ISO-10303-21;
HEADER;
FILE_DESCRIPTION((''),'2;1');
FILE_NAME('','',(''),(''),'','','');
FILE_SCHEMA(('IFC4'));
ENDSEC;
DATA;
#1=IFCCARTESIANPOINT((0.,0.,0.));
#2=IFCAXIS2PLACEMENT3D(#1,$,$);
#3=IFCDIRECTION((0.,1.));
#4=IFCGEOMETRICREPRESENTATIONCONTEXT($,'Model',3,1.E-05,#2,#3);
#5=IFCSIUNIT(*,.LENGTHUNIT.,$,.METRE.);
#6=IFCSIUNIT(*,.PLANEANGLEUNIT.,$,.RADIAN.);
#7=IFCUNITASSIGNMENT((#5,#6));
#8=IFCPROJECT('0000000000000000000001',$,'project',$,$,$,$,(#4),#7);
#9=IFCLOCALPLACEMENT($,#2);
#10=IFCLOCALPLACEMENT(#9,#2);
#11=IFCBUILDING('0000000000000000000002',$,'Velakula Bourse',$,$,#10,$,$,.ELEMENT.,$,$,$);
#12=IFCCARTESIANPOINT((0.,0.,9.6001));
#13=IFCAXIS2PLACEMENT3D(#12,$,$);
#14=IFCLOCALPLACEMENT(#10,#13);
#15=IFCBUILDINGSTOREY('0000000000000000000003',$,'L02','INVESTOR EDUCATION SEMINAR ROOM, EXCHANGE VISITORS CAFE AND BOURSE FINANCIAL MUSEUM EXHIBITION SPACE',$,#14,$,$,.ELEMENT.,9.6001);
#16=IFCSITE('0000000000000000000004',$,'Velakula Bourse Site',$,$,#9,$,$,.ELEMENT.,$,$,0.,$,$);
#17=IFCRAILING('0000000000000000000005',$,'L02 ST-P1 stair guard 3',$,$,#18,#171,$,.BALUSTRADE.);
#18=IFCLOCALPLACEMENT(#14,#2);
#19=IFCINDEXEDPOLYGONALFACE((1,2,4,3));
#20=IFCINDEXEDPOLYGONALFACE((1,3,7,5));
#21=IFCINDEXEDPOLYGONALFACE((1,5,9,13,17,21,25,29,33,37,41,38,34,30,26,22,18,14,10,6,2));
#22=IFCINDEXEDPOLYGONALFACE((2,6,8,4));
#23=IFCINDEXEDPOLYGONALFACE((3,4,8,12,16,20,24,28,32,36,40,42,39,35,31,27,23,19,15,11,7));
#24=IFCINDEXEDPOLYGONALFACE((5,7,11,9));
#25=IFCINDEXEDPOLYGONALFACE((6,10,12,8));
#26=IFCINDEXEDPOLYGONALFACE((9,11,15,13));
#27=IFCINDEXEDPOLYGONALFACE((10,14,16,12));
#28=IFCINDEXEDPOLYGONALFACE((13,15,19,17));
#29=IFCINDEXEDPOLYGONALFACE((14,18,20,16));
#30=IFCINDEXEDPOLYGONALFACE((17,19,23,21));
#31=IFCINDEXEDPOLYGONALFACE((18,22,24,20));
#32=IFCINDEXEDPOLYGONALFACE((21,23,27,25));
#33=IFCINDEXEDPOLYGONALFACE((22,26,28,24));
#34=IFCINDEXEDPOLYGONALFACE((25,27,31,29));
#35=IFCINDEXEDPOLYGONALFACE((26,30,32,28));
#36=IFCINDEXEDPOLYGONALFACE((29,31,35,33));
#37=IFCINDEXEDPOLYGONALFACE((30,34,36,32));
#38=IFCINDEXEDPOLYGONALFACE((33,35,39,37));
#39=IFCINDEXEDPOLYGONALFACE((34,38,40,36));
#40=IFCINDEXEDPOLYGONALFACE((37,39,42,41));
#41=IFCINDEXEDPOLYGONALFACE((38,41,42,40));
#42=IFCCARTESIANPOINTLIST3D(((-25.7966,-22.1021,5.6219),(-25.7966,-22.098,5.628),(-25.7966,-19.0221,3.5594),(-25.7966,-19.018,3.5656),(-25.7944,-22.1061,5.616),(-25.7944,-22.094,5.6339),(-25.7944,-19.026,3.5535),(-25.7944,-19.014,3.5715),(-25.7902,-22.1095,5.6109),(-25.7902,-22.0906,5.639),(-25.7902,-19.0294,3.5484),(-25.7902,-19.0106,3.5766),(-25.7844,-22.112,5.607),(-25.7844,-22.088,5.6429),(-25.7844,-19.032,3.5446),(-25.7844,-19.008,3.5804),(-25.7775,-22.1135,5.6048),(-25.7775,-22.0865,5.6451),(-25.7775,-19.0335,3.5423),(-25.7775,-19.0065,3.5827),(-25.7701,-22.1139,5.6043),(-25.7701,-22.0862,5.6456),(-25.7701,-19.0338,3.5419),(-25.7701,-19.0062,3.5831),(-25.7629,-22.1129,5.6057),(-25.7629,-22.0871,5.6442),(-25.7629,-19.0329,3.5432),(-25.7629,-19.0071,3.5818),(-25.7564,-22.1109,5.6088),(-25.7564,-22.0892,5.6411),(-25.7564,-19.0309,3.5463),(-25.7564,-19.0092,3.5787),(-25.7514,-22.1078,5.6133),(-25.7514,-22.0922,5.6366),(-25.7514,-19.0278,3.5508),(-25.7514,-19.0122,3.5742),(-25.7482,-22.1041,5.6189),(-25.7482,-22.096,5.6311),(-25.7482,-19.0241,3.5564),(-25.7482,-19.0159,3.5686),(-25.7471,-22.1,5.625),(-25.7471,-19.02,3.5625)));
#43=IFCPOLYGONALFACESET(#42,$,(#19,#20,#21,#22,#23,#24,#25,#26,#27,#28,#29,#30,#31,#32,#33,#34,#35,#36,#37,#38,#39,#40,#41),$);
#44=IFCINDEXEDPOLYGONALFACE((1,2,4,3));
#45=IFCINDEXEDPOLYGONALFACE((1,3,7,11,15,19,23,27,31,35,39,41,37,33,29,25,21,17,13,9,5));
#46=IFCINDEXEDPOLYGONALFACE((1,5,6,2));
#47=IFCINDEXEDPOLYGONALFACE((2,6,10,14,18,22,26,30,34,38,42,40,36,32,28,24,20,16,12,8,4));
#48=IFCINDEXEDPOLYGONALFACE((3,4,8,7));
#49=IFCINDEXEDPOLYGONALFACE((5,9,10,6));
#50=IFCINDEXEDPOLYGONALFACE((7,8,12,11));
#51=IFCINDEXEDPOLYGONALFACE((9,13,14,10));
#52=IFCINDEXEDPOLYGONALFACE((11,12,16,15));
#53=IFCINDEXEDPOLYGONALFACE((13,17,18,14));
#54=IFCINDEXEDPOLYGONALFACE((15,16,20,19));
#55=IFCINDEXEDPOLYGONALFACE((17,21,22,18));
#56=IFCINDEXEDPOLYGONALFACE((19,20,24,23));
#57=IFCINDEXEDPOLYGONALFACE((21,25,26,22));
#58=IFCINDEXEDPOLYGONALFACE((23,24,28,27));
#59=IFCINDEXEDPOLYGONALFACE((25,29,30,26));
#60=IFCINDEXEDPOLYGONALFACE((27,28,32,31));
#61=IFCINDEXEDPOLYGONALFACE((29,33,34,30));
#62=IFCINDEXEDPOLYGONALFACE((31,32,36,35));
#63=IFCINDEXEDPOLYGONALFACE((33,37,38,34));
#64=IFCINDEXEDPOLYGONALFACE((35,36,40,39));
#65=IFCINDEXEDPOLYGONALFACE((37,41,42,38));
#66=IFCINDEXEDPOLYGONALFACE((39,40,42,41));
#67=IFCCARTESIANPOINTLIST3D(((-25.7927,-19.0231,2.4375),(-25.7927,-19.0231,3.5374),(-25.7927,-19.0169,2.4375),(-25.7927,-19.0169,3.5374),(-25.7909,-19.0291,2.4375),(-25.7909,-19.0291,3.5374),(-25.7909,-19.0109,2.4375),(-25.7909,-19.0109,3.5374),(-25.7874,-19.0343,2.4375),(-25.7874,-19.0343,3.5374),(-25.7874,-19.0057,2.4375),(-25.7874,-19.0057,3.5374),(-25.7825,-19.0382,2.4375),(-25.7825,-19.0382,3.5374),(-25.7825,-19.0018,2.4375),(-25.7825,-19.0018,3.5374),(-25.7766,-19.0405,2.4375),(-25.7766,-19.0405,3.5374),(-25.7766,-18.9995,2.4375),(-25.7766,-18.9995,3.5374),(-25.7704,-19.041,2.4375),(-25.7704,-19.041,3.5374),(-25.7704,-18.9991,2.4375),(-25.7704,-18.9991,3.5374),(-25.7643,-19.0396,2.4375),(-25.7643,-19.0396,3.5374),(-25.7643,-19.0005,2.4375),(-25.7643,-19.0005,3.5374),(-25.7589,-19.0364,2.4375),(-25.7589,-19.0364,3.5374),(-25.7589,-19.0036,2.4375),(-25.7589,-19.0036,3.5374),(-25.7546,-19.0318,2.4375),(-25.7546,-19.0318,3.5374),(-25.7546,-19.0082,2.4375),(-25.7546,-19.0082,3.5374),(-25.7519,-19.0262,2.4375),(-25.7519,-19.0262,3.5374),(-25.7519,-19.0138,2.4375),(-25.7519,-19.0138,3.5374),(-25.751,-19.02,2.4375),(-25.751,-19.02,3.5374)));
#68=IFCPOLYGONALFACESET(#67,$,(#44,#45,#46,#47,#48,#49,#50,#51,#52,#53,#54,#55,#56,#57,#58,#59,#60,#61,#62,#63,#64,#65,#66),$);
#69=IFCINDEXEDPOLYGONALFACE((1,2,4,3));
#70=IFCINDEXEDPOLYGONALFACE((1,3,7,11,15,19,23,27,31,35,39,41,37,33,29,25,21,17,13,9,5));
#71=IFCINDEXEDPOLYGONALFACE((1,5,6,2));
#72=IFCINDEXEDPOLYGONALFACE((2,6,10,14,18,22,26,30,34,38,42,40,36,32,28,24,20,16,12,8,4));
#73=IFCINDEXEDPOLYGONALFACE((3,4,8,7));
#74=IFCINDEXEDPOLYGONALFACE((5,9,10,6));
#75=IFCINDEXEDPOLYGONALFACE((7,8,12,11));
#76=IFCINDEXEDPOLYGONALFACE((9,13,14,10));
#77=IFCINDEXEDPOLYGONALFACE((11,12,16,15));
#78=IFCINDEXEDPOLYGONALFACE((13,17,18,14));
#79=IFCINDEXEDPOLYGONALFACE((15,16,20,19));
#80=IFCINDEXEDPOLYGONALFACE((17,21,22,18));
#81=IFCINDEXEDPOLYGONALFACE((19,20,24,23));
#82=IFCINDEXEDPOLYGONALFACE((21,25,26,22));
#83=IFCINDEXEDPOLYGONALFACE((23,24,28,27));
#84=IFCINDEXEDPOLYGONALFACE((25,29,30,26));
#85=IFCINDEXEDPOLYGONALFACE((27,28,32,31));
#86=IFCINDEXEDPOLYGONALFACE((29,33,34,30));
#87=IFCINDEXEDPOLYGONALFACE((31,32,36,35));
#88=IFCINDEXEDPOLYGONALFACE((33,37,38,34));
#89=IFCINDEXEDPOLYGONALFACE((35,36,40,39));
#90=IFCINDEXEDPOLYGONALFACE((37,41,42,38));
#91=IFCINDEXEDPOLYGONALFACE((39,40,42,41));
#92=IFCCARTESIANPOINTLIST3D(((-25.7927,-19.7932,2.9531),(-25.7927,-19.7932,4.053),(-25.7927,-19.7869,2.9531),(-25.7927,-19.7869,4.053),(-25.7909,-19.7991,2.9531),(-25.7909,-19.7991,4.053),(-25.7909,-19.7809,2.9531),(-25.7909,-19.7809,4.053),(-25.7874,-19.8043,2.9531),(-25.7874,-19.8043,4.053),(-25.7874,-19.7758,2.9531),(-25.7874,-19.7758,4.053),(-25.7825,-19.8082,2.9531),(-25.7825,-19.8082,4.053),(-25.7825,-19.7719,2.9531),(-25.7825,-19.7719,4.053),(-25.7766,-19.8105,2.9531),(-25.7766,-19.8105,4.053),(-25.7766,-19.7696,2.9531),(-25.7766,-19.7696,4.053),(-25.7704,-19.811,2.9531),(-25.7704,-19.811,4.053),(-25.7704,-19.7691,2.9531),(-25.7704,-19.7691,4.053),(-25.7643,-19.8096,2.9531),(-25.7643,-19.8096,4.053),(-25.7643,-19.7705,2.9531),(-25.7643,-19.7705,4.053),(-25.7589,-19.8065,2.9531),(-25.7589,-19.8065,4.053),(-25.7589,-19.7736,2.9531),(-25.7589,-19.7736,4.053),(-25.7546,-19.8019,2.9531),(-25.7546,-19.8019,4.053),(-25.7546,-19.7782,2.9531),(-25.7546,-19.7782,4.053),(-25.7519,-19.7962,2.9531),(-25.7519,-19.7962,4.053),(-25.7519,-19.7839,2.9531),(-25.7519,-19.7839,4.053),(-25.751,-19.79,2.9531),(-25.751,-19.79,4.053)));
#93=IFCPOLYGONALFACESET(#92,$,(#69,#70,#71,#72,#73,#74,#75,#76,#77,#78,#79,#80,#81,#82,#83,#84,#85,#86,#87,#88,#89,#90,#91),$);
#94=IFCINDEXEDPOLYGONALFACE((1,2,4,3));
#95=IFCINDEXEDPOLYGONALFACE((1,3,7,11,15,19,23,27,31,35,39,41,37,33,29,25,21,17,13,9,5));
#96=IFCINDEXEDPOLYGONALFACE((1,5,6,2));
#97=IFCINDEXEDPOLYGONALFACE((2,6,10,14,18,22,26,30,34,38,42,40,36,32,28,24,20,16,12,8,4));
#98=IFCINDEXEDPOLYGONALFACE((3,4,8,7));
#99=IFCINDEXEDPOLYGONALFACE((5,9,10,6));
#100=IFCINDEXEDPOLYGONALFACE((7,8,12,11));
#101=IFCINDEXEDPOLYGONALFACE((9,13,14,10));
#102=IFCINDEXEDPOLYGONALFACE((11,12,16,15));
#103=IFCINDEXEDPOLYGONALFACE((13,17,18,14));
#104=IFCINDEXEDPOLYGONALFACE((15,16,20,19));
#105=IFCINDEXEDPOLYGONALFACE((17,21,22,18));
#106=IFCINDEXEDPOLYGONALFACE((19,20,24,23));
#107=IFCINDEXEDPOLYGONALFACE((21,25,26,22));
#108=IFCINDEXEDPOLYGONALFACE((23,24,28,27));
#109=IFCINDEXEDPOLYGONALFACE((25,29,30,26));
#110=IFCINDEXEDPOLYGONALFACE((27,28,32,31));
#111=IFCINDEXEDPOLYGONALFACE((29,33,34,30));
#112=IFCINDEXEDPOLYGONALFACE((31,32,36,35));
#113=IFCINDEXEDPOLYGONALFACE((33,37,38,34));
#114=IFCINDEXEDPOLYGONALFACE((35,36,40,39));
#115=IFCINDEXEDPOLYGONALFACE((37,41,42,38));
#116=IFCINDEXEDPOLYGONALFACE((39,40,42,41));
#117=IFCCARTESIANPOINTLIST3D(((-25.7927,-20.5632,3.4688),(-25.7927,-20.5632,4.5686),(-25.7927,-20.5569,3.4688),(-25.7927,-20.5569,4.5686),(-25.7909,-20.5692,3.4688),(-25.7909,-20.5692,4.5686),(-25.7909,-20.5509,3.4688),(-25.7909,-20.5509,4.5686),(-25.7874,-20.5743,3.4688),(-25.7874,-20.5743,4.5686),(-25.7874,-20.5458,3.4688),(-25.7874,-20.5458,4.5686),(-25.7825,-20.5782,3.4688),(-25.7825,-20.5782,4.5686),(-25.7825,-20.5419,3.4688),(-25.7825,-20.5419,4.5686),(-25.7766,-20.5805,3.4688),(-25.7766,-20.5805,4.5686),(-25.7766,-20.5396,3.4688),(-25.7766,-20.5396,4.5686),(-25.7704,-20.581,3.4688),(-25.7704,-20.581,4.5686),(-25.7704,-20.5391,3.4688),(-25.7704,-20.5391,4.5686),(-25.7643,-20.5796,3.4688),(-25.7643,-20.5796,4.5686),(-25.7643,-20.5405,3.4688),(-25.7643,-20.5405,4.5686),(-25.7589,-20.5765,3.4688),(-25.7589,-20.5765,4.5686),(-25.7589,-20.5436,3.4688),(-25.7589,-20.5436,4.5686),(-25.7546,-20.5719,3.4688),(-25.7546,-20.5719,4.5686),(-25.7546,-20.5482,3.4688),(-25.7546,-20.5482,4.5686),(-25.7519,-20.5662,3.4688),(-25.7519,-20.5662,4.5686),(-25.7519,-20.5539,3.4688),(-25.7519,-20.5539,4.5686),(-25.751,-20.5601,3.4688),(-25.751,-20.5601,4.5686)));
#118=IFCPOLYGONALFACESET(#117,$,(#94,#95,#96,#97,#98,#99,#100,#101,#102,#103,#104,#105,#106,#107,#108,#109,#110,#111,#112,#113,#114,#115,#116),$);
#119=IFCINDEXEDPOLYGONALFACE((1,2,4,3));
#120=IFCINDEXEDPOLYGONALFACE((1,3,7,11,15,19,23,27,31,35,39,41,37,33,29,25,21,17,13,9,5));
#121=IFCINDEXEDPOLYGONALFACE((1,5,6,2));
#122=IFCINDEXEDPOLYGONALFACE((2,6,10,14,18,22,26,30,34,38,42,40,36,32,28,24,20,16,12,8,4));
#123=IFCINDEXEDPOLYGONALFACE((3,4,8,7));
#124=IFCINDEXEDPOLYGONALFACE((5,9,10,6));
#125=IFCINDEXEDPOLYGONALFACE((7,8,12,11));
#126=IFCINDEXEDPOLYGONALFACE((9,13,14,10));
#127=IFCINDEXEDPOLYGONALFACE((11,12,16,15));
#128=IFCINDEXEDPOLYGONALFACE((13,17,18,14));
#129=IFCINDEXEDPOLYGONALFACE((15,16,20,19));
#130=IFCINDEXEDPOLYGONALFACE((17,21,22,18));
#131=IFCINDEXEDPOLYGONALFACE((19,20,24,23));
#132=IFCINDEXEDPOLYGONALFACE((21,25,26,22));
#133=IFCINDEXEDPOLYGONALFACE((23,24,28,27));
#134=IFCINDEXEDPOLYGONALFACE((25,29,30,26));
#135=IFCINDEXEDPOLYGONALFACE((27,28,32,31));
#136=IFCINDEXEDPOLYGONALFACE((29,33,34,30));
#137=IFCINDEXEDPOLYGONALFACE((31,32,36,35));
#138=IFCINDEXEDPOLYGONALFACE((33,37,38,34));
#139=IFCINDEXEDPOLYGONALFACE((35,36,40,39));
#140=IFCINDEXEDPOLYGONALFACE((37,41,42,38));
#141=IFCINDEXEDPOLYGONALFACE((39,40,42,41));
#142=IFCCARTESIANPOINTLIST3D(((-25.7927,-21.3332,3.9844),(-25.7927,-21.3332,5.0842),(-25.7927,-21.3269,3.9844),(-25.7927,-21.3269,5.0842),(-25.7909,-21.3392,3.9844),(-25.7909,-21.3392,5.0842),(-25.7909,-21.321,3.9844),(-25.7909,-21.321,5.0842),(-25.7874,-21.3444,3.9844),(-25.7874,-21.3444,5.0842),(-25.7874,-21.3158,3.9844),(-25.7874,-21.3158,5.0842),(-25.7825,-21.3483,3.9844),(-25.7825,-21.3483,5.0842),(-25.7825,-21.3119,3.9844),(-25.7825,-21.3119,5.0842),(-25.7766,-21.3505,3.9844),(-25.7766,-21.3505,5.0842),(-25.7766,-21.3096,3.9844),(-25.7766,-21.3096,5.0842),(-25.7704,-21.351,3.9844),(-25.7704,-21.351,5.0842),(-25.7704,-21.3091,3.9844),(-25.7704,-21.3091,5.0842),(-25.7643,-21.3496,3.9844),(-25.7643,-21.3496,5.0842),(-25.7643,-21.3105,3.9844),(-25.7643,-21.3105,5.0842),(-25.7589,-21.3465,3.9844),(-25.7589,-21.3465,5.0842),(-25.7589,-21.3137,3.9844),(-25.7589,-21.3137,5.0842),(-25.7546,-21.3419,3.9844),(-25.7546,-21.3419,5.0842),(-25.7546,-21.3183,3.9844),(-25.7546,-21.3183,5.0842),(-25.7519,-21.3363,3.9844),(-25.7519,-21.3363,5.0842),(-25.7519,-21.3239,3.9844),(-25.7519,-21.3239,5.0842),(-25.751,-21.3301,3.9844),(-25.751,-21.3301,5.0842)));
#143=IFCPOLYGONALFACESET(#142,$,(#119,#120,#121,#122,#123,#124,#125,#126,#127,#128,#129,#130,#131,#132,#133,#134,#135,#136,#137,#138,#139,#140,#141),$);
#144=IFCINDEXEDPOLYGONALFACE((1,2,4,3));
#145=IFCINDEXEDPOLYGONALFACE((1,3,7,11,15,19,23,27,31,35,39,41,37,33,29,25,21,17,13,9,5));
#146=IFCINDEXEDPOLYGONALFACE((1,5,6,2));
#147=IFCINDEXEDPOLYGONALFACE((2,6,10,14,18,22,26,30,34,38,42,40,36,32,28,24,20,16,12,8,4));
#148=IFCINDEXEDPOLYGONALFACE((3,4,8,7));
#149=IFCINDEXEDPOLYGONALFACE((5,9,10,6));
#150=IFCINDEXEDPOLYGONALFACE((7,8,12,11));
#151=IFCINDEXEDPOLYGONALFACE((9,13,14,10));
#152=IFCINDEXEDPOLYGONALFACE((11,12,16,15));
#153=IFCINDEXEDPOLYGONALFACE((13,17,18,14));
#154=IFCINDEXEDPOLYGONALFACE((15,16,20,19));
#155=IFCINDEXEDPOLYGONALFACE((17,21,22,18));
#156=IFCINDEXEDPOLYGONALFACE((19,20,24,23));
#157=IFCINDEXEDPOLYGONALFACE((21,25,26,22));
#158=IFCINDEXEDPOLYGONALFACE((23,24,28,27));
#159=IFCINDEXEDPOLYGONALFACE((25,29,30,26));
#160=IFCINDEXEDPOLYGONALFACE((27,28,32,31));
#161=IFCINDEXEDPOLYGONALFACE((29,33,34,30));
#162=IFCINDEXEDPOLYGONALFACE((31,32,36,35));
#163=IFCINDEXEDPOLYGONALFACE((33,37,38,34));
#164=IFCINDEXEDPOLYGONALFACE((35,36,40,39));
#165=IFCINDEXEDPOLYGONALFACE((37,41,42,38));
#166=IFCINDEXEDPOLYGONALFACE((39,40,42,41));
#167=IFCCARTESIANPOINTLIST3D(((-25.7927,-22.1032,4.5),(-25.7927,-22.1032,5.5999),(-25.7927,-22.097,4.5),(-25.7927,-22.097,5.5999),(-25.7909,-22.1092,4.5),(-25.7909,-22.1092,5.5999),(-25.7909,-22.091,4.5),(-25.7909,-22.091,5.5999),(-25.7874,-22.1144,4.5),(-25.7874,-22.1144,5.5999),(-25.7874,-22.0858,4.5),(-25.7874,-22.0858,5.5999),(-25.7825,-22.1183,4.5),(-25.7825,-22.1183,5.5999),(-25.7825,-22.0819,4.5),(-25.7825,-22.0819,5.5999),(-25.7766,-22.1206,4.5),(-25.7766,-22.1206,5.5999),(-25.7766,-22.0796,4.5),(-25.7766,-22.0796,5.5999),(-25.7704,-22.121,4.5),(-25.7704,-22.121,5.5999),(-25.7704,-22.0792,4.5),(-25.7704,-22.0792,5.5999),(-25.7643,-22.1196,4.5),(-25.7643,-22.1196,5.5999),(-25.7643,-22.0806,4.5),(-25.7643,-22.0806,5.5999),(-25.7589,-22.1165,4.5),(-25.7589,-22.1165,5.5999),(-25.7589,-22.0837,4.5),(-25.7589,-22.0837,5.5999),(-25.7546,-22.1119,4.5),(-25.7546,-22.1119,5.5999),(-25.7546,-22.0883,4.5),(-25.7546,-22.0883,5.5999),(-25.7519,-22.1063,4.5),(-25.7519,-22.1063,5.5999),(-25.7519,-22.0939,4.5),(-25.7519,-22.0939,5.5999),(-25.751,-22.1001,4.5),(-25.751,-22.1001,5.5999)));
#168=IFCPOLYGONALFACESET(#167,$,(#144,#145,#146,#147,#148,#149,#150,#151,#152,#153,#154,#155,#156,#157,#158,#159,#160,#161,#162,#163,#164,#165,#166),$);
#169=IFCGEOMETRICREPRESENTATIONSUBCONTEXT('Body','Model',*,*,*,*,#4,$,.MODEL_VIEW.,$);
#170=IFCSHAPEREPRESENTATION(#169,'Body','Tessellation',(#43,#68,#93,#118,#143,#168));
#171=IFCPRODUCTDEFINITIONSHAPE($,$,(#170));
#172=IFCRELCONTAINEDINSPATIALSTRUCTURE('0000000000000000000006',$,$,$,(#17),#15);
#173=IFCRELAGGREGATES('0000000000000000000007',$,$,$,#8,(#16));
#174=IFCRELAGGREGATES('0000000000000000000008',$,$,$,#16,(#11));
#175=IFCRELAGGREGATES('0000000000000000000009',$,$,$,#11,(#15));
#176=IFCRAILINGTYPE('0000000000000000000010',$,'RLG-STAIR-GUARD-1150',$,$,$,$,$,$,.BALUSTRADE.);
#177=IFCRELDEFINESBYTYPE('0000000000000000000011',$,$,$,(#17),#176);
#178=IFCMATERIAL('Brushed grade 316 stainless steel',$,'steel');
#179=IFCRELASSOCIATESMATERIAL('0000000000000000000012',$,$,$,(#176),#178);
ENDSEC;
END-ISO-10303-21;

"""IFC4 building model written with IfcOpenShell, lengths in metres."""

from ifc_helpers import new_model, si_unit, direction, frame, origin, origin_2d, place, context, subcontext, project, spatial, circle, extrude, material, type_object, element, save


model = new_model("IFC4")

# Units and contexts
model_context = context("Model", 3, precision=1e-05, world=origin(), true_north=direction((0.0, 1.0)))
body_context = subcontext(model_context, "Body", "Model", "MODEL_VIEW")
ifc_project = project(units=[si_unit("LENGTHUNIT", "METRE"), si_unit("PLANEANGLEUNIT", "RADIAN")], contexts=[model_context])

# Site, building, storey
site_placement = place(None, origin())
site = spatial("IfcSite", under=ifc_project, at=site_placement, Name="Velakula Bourse Site", CompositionType="ELEMENT", RefElevation=0.0)
building_placement = place(site_placement, origin())
building = spatial("IfcBuilding", under=site, at=building_placement, Name="Velakula Bourse", CompositionType="ELEMENT")
storey_placement = place(building_placement, frame((0.0, 0.0, 9.6001)))
storey = spatial("IfcBuildingStorey", under=building, at=storey_placement, Name="L02", Description="INVESTOR EDUCATION SEMINAR ROOM, EXCHANGE VISITORS CAFE AND BOURSE FINANCIAL MUSEUM EXHIBITION SPACE", CompositionType="ELEMENT", Elevation=9.6001)

# Railing
ifc_material_1 = material(Name="Brushed grade 316 stainless steel", Category="steel")
railing_type = type_object("IfcRailingType", Name="RLG-STAIR-GUARD-1150", PredefinedType="BALUSTRADE", material=ifc_material_1)
railing_1_placement = place(storey_placement, frame((-25.772, -19.02, 2.4375)))
element("IfcRailing", 1, at=railing_1_placement, inside=storey, type_object=railing_type, Name="L02 ST-P1 stair guard 3", PredefinedType="BALUSTRADE", context=body_context, shape_type="SweptSolid", body=[
    extrude(circle(Radius=0.0249, at=origin_2d()), frame((0.0, 0.0, 1.125), z_axis=(0.0, -0.830914, 0.556401), x_axis=(1.0, 0.0, 0.0)), (0.0, 0.0, 1.0), 3.7068),
    extrude(circle(Radius=0.021, at=origin_2d()), origin(), (0.0, 0.0, 1.0), 1.0999),
    extrude(circle(Radius=0.021, at=origin_2d()), frame((0.0, -0.77, 0.5156)), (0.0, 0.0, 1.0), 1.0999),
    extrude(circle(Radius=0.021, at=origin_2d()), frame((0.0, -1.54, 1.0312)), (0.0, 0.0, 1.0), 1.0999),
    extrude(circle(Radius=0.021, at=origin_2d()), frame((0.0, -2.3101, 1.5469)), (0.0, 0.0, 1.0), 1.0999),
    extrude(circle(Radius=0.021, at=origin_2d()), frame((0.0, -3.0801, 2.0625)), (0.0, 0.0, 1.0), 1.0999),
])

save(model, "model.ifc")
